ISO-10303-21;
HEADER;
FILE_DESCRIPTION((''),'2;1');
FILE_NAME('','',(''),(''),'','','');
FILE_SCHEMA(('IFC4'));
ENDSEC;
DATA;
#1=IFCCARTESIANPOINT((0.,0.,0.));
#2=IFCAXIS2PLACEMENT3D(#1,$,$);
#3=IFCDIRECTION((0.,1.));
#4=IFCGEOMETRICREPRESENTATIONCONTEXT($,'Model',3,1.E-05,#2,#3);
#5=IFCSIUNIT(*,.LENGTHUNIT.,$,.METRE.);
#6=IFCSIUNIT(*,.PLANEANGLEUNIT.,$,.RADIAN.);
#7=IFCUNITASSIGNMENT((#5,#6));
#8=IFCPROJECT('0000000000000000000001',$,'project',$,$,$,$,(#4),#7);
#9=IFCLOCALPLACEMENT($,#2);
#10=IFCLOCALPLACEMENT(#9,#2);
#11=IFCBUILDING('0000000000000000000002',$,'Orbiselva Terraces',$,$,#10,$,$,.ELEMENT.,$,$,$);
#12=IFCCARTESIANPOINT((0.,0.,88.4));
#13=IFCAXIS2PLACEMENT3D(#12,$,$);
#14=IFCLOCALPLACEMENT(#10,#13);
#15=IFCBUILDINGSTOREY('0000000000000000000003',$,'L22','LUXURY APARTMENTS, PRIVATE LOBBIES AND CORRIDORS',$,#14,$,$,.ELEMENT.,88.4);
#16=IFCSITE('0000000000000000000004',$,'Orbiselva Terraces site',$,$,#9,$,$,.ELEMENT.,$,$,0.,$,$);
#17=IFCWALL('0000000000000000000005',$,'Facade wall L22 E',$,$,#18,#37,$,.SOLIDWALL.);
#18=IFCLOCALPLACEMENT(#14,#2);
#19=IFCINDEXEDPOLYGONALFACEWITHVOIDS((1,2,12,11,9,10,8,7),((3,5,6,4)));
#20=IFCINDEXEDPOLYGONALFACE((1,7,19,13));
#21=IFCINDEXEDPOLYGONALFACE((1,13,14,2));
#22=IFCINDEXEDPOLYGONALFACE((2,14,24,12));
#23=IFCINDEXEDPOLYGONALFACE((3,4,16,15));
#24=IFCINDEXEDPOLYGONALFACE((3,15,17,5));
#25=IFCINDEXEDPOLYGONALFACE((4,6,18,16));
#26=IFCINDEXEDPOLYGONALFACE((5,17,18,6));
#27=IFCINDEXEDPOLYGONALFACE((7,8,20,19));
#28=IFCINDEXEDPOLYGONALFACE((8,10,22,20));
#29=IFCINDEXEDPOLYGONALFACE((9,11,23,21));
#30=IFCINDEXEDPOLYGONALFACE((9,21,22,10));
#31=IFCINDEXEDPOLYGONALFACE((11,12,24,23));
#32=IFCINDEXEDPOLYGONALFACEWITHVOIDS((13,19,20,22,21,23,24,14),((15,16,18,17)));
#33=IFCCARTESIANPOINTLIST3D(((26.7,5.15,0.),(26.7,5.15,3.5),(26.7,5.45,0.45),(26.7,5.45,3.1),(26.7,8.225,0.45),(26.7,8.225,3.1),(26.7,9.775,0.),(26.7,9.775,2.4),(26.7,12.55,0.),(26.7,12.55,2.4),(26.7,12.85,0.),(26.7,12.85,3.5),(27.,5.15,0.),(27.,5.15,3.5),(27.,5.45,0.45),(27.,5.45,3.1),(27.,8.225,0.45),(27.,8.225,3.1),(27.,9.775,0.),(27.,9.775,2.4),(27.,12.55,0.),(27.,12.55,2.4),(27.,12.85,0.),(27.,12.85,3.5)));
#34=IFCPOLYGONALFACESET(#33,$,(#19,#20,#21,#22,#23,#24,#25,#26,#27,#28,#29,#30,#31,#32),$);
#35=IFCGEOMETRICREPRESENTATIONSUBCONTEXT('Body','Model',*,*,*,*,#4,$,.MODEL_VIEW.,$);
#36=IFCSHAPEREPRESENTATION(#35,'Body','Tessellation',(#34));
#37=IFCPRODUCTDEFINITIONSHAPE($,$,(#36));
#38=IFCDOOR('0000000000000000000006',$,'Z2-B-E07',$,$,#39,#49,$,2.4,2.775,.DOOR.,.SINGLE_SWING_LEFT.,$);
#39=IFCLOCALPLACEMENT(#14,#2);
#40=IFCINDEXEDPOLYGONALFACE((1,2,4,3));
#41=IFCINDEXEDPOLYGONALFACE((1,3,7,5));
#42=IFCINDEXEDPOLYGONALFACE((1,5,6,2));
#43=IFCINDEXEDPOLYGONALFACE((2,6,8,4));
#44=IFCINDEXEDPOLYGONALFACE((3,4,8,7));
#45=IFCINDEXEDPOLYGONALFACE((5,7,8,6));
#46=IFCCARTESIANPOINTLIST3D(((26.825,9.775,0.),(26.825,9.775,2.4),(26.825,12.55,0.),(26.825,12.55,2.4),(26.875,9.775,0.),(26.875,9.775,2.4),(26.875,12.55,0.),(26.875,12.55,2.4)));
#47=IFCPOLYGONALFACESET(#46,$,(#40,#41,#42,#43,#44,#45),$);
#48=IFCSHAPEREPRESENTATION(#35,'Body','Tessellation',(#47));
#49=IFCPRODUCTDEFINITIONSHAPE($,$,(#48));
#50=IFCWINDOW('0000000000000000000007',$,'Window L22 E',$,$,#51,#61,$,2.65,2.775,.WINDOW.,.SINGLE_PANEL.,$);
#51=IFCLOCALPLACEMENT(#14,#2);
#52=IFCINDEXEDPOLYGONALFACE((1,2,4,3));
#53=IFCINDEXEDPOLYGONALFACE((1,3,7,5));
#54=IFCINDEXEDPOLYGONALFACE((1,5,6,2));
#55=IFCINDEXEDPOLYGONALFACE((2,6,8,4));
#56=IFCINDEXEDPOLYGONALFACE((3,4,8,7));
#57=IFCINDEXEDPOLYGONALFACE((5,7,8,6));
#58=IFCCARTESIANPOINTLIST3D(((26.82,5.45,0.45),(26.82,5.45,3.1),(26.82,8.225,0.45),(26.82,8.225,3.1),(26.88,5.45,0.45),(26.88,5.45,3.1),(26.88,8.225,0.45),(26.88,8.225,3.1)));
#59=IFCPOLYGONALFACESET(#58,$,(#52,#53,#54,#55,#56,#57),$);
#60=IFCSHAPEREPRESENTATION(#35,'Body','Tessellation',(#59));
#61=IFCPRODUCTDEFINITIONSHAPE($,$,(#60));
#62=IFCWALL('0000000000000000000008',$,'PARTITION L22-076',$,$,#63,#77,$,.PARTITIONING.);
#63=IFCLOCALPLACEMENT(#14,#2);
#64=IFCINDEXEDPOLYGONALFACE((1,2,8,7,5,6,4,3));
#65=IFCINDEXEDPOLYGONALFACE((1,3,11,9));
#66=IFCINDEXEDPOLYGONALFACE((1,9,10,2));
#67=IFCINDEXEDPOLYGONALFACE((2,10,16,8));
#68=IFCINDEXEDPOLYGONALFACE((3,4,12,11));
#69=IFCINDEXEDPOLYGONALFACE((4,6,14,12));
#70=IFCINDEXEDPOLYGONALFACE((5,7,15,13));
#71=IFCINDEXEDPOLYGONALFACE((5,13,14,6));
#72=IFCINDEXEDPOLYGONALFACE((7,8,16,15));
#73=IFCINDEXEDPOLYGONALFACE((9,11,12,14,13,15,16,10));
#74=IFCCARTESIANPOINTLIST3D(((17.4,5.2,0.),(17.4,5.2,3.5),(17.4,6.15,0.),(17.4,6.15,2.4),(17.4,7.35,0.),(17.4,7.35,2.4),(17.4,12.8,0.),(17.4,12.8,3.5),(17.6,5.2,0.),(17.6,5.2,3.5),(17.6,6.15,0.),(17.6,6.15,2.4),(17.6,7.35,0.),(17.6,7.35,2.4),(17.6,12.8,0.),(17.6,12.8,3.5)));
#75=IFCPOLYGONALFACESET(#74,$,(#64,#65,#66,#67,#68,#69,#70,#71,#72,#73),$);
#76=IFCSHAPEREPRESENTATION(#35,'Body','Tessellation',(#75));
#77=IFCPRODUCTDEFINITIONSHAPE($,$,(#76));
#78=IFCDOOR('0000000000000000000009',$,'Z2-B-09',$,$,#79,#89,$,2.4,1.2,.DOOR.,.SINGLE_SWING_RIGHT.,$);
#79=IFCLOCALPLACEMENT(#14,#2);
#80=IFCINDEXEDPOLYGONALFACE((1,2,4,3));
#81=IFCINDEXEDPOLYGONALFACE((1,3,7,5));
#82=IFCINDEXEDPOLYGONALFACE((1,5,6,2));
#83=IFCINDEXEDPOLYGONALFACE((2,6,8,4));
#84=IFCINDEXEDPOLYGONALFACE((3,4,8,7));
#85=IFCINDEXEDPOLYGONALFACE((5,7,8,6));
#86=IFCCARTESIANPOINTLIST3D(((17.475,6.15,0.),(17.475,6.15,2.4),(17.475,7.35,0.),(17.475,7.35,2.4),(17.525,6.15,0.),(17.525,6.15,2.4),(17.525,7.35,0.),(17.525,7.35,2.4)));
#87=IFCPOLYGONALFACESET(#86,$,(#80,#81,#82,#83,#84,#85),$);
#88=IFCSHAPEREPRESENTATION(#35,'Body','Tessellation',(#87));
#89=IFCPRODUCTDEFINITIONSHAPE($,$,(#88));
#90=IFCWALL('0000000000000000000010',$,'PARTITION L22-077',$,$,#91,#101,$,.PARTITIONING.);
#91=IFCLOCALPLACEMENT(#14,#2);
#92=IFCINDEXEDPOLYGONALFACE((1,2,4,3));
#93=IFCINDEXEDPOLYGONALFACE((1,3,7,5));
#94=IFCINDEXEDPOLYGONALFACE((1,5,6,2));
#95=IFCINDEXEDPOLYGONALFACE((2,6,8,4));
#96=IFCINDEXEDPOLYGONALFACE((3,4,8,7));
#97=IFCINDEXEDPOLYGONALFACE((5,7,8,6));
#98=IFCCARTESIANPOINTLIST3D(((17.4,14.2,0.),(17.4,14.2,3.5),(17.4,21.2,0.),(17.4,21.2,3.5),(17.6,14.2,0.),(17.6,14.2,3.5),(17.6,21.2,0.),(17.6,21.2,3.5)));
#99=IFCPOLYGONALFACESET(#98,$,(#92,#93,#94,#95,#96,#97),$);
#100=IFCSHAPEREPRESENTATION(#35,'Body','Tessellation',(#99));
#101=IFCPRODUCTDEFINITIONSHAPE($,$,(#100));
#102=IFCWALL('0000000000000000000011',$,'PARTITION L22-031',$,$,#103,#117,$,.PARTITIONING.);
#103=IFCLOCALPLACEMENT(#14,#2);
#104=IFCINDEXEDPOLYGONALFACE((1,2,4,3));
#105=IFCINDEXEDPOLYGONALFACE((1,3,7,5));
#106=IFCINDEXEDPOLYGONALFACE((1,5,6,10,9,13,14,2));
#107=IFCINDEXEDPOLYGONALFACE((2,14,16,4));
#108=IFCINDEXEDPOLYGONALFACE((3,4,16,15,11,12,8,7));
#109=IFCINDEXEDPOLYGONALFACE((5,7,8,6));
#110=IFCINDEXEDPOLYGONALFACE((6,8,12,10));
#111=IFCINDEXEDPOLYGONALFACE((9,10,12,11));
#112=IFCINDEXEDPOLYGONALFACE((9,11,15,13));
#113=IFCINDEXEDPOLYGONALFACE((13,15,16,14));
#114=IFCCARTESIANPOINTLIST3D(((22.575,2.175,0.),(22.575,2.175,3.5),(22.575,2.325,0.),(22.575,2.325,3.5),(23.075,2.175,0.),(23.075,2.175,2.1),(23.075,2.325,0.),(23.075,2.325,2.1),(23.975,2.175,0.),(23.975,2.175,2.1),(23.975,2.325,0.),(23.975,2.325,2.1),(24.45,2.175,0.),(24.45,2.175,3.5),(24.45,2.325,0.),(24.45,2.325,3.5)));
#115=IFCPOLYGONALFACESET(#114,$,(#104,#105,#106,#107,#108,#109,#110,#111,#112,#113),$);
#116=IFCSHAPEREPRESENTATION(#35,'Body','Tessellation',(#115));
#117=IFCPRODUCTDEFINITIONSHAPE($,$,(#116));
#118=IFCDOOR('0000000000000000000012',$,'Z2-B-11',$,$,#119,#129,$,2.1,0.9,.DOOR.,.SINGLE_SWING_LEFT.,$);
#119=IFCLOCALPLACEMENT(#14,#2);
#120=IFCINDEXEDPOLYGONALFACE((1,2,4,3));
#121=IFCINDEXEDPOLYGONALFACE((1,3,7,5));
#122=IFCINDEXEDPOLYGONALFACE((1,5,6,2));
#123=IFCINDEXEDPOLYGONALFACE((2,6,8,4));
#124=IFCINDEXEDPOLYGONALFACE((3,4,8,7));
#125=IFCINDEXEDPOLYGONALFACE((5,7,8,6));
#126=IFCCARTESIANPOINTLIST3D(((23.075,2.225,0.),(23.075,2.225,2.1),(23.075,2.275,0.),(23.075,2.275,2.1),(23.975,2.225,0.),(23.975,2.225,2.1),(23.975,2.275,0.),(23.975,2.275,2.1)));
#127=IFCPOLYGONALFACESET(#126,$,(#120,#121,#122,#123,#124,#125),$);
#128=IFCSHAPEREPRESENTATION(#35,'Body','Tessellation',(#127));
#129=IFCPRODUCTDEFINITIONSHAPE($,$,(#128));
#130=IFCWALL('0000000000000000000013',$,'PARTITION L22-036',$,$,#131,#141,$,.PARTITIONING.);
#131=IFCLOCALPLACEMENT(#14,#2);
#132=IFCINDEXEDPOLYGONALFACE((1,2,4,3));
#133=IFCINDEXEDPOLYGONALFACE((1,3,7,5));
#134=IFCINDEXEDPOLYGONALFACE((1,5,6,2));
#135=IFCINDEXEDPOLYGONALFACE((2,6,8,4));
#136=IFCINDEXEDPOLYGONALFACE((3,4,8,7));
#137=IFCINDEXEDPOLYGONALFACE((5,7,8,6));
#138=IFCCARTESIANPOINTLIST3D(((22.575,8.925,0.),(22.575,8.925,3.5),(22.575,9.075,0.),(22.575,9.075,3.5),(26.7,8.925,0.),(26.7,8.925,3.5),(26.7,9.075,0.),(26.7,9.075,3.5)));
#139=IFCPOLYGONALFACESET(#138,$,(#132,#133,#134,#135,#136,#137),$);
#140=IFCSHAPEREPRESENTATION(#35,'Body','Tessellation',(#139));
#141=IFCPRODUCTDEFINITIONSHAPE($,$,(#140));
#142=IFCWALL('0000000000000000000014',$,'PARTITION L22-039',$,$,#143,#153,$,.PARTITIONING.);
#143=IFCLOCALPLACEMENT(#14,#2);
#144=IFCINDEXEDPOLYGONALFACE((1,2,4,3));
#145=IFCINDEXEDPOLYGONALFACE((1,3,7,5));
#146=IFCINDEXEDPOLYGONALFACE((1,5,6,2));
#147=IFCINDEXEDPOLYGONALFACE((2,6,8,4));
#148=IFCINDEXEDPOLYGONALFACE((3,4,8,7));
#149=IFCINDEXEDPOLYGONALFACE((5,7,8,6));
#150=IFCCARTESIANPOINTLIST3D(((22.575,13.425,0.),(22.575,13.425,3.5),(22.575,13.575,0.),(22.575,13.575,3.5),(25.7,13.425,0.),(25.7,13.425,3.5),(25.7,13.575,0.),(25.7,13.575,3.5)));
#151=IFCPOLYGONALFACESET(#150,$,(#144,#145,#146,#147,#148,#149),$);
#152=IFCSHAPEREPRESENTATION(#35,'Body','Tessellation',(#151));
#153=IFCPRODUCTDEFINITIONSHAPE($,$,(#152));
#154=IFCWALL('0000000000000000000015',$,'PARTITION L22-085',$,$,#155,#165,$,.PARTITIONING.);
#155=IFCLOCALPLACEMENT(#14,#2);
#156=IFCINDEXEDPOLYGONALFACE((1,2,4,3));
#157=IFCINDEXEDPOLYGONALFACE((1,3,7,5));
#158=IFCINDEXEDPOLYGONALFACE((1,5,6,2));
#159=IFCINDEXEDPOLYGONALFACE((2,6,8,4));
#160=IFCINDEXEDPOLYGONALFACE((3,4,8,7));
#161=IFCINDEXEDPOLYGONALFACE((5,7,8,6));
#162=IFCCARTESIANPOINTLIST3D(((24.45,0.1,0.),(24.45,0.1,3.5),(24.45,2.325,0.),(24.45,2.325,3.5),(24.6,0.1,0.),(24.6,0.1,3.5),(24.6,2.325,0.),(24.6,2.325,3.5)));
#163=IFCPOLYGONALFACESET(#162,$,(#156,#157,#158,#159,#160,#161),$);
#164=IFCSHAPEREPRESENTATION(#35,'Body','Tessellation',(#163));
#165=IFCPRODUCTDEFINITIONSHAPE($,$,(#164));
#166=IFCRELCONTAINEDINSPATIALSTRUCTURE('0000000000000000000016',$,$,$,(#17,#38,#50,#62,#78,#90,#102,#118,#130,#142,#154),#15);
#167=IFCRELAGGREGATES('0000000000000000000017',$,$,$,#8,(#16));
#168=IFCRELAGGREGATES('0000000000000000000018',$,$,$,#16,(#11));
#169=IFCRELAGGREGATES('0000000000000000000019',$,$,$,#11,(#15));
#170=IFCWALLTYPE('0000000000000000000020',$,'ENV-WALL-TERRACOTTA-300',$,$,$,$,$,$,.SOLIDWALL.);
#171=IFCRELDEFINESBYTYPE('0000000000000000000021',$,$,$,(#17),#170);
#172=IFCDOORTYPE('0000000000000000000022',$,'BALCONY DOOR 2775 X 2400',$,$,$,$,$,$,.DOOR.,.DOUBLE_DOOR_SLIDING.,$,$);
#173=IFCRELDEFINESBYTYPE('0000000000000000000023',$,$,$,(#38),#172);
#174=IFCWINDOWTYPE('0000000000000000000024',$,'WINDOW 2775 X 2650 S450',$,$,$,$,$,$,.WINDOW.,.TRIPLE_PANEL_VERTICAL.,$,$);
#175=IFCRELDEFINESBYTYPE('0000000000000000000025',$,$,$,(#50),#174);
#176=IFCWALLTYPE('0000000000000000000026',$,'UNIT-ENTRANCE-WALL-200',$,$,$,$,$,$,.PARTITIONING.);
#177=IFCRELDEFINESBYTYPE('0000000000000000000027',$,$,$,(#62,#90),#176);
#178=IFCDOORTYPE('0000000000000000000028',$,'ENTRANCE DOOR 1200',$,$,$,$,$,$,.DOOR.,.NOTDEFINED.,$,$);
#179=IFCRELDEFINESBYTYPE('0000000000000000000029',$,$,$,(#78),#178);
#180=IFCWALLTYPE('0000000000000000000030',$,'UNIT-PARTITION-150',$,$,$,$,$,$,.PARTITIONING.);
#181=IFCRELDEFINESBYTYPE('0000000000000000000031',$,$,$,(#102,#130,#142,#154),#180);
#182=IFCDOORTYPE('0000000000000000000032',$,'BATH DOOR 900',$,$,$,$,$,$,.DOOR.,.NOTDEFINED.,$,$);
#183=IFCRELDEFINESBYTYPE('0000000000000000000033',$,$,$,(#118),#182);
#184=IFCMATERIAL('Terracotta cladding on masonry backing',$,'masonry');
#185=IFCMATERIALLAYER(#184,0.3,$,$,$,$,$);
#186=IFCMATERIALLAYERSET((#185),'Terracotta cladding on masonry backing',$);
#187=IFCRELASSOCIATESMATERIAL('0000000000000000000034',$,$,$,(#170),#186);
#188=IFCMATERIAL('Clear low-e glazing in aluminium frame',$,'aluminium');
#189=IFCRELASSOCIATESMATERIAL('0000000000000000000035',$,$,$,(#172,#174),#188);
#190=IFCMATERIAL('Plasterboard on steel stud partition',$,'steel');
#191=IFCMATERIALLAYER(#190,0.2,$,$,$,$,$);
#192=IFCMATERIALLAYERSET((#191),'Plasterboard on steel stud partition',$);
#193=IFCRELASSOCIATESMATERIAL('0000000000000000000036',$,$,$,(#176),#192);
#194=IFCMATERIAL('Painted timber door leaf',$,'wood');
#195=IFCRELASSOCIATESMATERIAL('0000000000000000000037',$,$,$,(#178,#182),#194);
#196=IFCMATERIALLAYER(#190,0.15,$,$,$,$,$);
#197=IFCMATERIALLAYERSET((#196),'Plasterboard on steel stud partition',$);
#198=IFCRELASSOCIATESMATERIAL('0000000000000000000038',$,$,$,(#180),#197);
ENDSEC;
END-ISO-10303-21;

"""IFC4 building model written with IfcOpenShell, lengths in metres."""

from ifc_helpers import new_model, si_unit, direction, frame, frame_2d, origin, place, context, subcontext, project, spatial, rectangle, extrude, material, layer, layer_set, type_object, element, fill, save


model = new_model("IFC4")

# Units and contexts
model_context = context("Model", 3, precision=1e-05, world=origin(), true_north=direction((0.0, 1.0)))
body_context = subcontext(model_context, "Body", "Model", "MODEL_VIEW")
ifc_project = project(units=[si_unit("LENGTHUNIT", "METRE"), si_unit("PLANEANGLEUNIT", "RADIAN")], contexts=[model_context])

# Site, building, storey
site_placement = place(None, origin())
site = spatial("IfcSite", under=ifc_project, at=site_placement, Name="Orbiselva Terraces site", CompositionType="ELEMENT", RefElevation=0.0)
building_placement = place(site_placement, origin())
building = spatial("IfcBuilding", under=site, at=building_placement, Name="Orbiselva Terraces", CompositionType="ELEMENT")
storey_placement = place(building_placement, frame((0.0, 0.0, 88.4)))
storey = spatial("IfcBuildingStorey", under=building, at=storey_placement, Name="L22", Description="LUXURY APARTMENTS, PRIVATE LOBBIES AND CORRIDORS", CompositionType="ELEMENT", Elevation=88.4)

# Wall, openings, door, window
ifc_material_1 = material(Name="Terracotta cladding on masonry backing", Category="masonry")
ifc_layer_1 = layer(ifc_material_1, 0.3)
ifc_layer_set_1 = layer_set([ifc_layer_1], Name="Terracotta cladding on masonry backing")
wall_type_1 = type_object("IfcWallType", Name="ENV-WALL-TERRACOTTA-300", PredefinedType="SOLIDWALL", material=ifc_layer_set_1)
ifc_material_2 = material(Name="Clear low-e glazing in aluminium frame", Category="aluminium")
door_type_1 = type_object("IfcDoorType", Name="BALCONY DOOR 2775 X 2400", OperationType="DOUBLE_DOOR_SLIDING", PredefinedType="DOOR", material=ifc_material_2)
window_type = type_object("IfcWindowType", Name="WINDOW 2775 X 2650 S450", PartitioningType="TRIPLE_PANEL_VERTICAL", PredefinedType="WINDOW", material=ifc_material_2)
wall_1_placement = place(storey_placement, frame((26.85, 12.85, 0.0), z_axis=(0.0, 0.0, 1.0), x_axis=(0.0, -1.0, 0.0)))
wall_1 = element("IfcWall", 1, at=wall_1_placement, inside=storey, type_object=wall_type_1, Name="Facade wall L22 E", PredefinedType="SOLIDWALL", context=body_context, shape_type="SweptSolid", body=[
    extrude(rectangle(XDim=7.7, YDim=0.3, at=frame_2d((3.85, 0.0))), origin(), (0.0, 0.0, 1.0), 3.5),
])
opening_1_placement = place(wall_1_placement, frame((4.625, 0.0, 0.45)))
opening_1 = element("IfcOpeningElement", 2, at=opening_1_placement, cuts=wall_1, PredefinedType="OPENING", context=body_context, shape_type="SweptSolid", body=[
    extrude(rectangle(XDim=2.775, YDim=2.65, at=frame_2d((1.3875, 1.325))), frame((0.0, 0.16, 0.0), z_axis=(0.0, -1.0, 0.0), x_axis=(1.0, 0.0, 0.0)), (0.0, 0.0, 1.0), 0.32),
])
opening_2_placement = place(wall_1_placement, frame((0.3, 0.0, 0.0)))
opening_2 = element("IfcOpeningElement", 3, at=opening_2_placement, cuts=wall_1, PredefinedType="OPENING", context=body_context, shape_type="SweptSolid", body=[
    extrude(rectangle(XDim=2.775, YDim=2.4, at=frame_2d((1.3875, 1.2))), frame((0.0, 0.16, 0.0), z_axis=(0.0, -1.0, 0.0), x_axis=(1.0, 0.0, 0.0)), (0.0, 0.0, 1.0), 0.32),
])
door_1_placement = place(opening_2_placement, origin())
door_1 = element("IfcDoor", 4, at=door_1_placement, inside=storey, type_object=door_type_1, Name="Z2-B-E07", OperationType="SINGLE_SWING_LEFT", OverallHeight=2.4, OverallWidth=2.775, PredefinedType="DOOR", context=body_context, shape_type="SweptSolid", body=[
    extrude(rectangle(XDim=2.775, YDim=2.4, at=frame_2d((1.3875, 1.2))), frame((0.0, 0.025, 0.0), z_axis=(0.0, -1.0, 0.0), x_axis=(1.0, 0.0, 0.0)), (0.0, 0.0, 1.0), 0.05),
])
fill(opening_2, door_1)
window_1_placement = place(opening_1_placement, origin())
window_1 = element("IfcWindow", 5, at=window_1_placement, inside=storey, type_object=window_type, Name="Window L22 E", OverallHeight=2.65, OverallWidth=2.775, PartitioningType="SINGLE_PANEL", PredefinedType="WINDOW", context=body_context, shape_type="SweptSolid", body=[
    extrude(rectangle(XDim=2.775, YDim=2.65, at=frame_2d((1.3875, 1.325))), frame((0.0, 0.03, 0.0), z_axis=(0.0, -1.0, 0.0), x_axis=(1.0, 0.0, 0.0)), (0.0, 0.0, 1.0), 0.06),
])
fill(opening_1, window_1)

# Wall, opening, door
ifc_material_3 = material(Name="Plasterboard on steel stud partition", Category="steel")
ifc_layer_2 = layer(ifc_material_3, 0.2)
ifc_layer_set_2 = layer_set([ifc_layer_2], Name="Plasterboard on steel stud partition")
wall_type_2 = type_object("IfcWallType", Name="UNIT-ENTRANCE-WALL-200", PredefinedType="PARTITIONING", material=ifc_layer_set_2)
wall_2_placement = place(storey_placement, frame((17.5, 12.8, 0.0), z_axis=(0.0, 0.0, 1.0), x_axis=(0.0, -1.0, 0.0)))
wall_2 = element("IfcWall", 6, at=wall_2_placement, inside=storey, type_object=wall_type_2, Name="PARTITION L22-076", PredefinedType="PARTITIONING", context=body_context, shape_type="SweptSolid", body=[
    extrude(rectangle(XDim=7.6, YDim=0.2, at=frame_2d((3.8, 0.0))), origin(), (0.0, 0.0, 1.0), 3.5),
])
opening_3_placement = place(wall_2_placement, frame((5.45, 0.0, 0.0)))
opening_3 = element("IfcOpeningElement", 7, at=opening_3_placement, cuts=wall_2, PredefinedType="OPENING", context=body_context, shape_type="SweptSolid", body=[
    extrude(rectangle(XDim=1.2, YDim=2.4, at=frame_2d((0.6, 1.2))), frame((0.0, 0.11, 0.0), z_axis=(0.0, -1.0, 0.0), x_axis=(1.0, 0.0, 0.0)), (0.0, 0.0, 1.0), 0.22),
])
ifc_material_4 = material(Name="Painted timber door leaf", Category="wood")
door_type_2 = type_object("IfcDoorType", Name="ENTRANCE DOOR 1200", OperationType="NOTDEFINED", PredefinedType="DOOR", material=ifc_material_4)
door_2_placement = place(opening_3_placement, origin())
door_2 = element("IfcDoor", 8, at=door_2_placement, inside=storey, type_object=door_type_2, Name="Z2-B-09", OperationType="SINGLE_SWING_RIGHT", OverallHeight=2.4, OverallWidth=1.2, PredefinedType="DOOR", context=body_context, shape_type="SweptSolid", body=[
    extrude(rectangle(XDim=1.2, YDim=2.4, at=frame_2d((0.6, 1.2))), frame((0.0, 0.025, 0.0), z_axis=(0.0, -1.0, 0.0), x_axis=(1.0, 0.0, 0.0)), (0.0, 0.0, 1.0), 0.05),
])
fill(opening_3, door_2)

# Wall
wall_3_placement = place(storey_placement, frame((17.5, 14.2, 0.0), z_axis=(0.0, 0.0, 1.0), x_axis=(0.0, 1.0, 0.0)))
element("IfcWall", 9, at=wall_3_placement, inside=storey, type_object=wall_type_2, Name="PARTITION L22-077", PredefinedType="PARTITIONING", context=body_context, shape_type="SweptSolid", body=[
    extrude(rectangle(XDim=7.0, YDim=0.2, at=frame_2d((3.5, 0.0))), origin(), (0.0, 0.0, 1.0), 3.5),
])

# Wall, opening, door
ifc_layer_3 = layer(ifc_material_3, 0.15)
ifc_layer_set_3 = layer_set([ifc_layer_3], Name="Plasterboard on steel stud partition")
wall_type_3 = type_object("IfcWallType", Name="UNIT-PARTITION-150", PredefinedType="PARTITIONING", material=ifc_layer_set_3)
wall_4_placement = place(storey_placement, frame((24.45, 2.25, 0.0), z_axis=(0.0, 0.0, 1.0), x_axis=(-1.0, 0.0, 0.0)))
wall_4 = element("IfcWall", 10, at=wall_4_placement, inside=storey, type_object=wall_type_3, Name="PARTITION L22-031", PredefinedType="PARTITIONING", context=body_context, shape_type="SweptSolid", body=[
    extrude(rectangle(XDim=1.875, YDim=0.15, at=frame_2d((0.9375, 0.0))), origin(), (0.0, 0.0, 1.0), 3.5),
])
opening_4_placement = place(wall_4_placement, frame((0.475, 0.0, 0.0)))
opening_4 = element("IfcOpeningElement", 11, at=opening_4_placement, cuts=wall_4, PredefinedType="OPENING", context=body_context, shape_type="SweptSolid", body=[
    extrude(rectangle(XDim=0.9, YDim=2.1, at=frame_2d((0.45, 1.05))), frame((0.0, 0.085, 0.0), z_axis=(0.0, -1.0, 0.0), x_axis=(1.0, 0.0, 0.0)), (0.0, 0.0, 1.0), 0.17),
])
door_type_3 = type_object("IfcDoorType", Name="BATH DOOR 900", OperationType="NOTDEFINED", PredefinedType="DOOR", material=ifc_material_4)
door_3_placement = place(opening_4_placement, origin())
door_3 = element("IfcDoor", 12, at=door_3_placement, inside=storey, type_object=door_type_3, Name="Z2-B-11", OperationType="SINGLE_SWING_LEFT", OverallHeight=2.1, OverallWidth=0.9, PredefinedType="DOOR", context=body_context, shape_type="SweptSolid", body=[
    extrude(rectangle(XDim=0.9, YDim=2.1, at=frame_2d((0.45, 1.05))), frame((0.0, 0.025, 0.0), z_axis=(0.0, -1.0, 0.0), x_axis=(1.0, 0.0, 0.0)), (0.0, 0.0, 1.0), 0.05),
])
fill(opening_4, door_3)

# Walls
wall_5_placement = place(storey_placement, frame((22.575, 9.0, 0.0), z_axis=(0.0, 0.0, 1.0), x_axis=(1.0, 0.0, 0.0)))
element("IfcWall", 13, at=wall_5_placement, inside=storey, type_object=wall_type_3, Name="PARTITION L22-036", PredefinedType="PARTITIONING", context=body_context, shape_type="SweptSolid", body=[
    extrude(rectangle(XDim=4.125, YDim=0.15, at=frame_2d((2.0625, 0.0))), origin(), (0.0, 0.0, 1.0), 3.5),
])
wall_6_placement = place(storey_placement, frame((22.575, 13.5, 0.0), z_axis=(0.0, 0.0, 1.0), x_axis=(1.0, 0.0, 0.0)))
element("IfcWall", 14, at=wall_6_placement, inside=storey, type_object=wall_type_3, Name="PARTITION L22-039", PredefinedType="PARTITIONING", context=body_context, shape_type="SweptSolid", body=[
    extrude(rectangle(XDim=3.125, YDim=0.15, at=frame_2d((1.5625, 0.0))), origin(), (0.0, 0.0, 1.0), 3.5),
])
wall_7_placement = place(storey_placement, frame((24.525, 0.1, 0.0), z_axis=(0.0, 0.0, 1.0), x_axis=(0.0, 1.0, 0.0)))
element("IfcWall", 15, at=wall_7_placement, inside=storey, type_object=wall_type_3, Name="PARTITION L22-085", PredefinedType="PARTITIONING", context=body_context, shape_type="SweptSolid", body=[
    extrude(rectangle(XDim=2.225, YDim=0.15, at=frame_2d((1.1125, 0.0))), origin(), (0.0, 0.0, 1.0), 3.5),
])

save(model, "model.ifc")
